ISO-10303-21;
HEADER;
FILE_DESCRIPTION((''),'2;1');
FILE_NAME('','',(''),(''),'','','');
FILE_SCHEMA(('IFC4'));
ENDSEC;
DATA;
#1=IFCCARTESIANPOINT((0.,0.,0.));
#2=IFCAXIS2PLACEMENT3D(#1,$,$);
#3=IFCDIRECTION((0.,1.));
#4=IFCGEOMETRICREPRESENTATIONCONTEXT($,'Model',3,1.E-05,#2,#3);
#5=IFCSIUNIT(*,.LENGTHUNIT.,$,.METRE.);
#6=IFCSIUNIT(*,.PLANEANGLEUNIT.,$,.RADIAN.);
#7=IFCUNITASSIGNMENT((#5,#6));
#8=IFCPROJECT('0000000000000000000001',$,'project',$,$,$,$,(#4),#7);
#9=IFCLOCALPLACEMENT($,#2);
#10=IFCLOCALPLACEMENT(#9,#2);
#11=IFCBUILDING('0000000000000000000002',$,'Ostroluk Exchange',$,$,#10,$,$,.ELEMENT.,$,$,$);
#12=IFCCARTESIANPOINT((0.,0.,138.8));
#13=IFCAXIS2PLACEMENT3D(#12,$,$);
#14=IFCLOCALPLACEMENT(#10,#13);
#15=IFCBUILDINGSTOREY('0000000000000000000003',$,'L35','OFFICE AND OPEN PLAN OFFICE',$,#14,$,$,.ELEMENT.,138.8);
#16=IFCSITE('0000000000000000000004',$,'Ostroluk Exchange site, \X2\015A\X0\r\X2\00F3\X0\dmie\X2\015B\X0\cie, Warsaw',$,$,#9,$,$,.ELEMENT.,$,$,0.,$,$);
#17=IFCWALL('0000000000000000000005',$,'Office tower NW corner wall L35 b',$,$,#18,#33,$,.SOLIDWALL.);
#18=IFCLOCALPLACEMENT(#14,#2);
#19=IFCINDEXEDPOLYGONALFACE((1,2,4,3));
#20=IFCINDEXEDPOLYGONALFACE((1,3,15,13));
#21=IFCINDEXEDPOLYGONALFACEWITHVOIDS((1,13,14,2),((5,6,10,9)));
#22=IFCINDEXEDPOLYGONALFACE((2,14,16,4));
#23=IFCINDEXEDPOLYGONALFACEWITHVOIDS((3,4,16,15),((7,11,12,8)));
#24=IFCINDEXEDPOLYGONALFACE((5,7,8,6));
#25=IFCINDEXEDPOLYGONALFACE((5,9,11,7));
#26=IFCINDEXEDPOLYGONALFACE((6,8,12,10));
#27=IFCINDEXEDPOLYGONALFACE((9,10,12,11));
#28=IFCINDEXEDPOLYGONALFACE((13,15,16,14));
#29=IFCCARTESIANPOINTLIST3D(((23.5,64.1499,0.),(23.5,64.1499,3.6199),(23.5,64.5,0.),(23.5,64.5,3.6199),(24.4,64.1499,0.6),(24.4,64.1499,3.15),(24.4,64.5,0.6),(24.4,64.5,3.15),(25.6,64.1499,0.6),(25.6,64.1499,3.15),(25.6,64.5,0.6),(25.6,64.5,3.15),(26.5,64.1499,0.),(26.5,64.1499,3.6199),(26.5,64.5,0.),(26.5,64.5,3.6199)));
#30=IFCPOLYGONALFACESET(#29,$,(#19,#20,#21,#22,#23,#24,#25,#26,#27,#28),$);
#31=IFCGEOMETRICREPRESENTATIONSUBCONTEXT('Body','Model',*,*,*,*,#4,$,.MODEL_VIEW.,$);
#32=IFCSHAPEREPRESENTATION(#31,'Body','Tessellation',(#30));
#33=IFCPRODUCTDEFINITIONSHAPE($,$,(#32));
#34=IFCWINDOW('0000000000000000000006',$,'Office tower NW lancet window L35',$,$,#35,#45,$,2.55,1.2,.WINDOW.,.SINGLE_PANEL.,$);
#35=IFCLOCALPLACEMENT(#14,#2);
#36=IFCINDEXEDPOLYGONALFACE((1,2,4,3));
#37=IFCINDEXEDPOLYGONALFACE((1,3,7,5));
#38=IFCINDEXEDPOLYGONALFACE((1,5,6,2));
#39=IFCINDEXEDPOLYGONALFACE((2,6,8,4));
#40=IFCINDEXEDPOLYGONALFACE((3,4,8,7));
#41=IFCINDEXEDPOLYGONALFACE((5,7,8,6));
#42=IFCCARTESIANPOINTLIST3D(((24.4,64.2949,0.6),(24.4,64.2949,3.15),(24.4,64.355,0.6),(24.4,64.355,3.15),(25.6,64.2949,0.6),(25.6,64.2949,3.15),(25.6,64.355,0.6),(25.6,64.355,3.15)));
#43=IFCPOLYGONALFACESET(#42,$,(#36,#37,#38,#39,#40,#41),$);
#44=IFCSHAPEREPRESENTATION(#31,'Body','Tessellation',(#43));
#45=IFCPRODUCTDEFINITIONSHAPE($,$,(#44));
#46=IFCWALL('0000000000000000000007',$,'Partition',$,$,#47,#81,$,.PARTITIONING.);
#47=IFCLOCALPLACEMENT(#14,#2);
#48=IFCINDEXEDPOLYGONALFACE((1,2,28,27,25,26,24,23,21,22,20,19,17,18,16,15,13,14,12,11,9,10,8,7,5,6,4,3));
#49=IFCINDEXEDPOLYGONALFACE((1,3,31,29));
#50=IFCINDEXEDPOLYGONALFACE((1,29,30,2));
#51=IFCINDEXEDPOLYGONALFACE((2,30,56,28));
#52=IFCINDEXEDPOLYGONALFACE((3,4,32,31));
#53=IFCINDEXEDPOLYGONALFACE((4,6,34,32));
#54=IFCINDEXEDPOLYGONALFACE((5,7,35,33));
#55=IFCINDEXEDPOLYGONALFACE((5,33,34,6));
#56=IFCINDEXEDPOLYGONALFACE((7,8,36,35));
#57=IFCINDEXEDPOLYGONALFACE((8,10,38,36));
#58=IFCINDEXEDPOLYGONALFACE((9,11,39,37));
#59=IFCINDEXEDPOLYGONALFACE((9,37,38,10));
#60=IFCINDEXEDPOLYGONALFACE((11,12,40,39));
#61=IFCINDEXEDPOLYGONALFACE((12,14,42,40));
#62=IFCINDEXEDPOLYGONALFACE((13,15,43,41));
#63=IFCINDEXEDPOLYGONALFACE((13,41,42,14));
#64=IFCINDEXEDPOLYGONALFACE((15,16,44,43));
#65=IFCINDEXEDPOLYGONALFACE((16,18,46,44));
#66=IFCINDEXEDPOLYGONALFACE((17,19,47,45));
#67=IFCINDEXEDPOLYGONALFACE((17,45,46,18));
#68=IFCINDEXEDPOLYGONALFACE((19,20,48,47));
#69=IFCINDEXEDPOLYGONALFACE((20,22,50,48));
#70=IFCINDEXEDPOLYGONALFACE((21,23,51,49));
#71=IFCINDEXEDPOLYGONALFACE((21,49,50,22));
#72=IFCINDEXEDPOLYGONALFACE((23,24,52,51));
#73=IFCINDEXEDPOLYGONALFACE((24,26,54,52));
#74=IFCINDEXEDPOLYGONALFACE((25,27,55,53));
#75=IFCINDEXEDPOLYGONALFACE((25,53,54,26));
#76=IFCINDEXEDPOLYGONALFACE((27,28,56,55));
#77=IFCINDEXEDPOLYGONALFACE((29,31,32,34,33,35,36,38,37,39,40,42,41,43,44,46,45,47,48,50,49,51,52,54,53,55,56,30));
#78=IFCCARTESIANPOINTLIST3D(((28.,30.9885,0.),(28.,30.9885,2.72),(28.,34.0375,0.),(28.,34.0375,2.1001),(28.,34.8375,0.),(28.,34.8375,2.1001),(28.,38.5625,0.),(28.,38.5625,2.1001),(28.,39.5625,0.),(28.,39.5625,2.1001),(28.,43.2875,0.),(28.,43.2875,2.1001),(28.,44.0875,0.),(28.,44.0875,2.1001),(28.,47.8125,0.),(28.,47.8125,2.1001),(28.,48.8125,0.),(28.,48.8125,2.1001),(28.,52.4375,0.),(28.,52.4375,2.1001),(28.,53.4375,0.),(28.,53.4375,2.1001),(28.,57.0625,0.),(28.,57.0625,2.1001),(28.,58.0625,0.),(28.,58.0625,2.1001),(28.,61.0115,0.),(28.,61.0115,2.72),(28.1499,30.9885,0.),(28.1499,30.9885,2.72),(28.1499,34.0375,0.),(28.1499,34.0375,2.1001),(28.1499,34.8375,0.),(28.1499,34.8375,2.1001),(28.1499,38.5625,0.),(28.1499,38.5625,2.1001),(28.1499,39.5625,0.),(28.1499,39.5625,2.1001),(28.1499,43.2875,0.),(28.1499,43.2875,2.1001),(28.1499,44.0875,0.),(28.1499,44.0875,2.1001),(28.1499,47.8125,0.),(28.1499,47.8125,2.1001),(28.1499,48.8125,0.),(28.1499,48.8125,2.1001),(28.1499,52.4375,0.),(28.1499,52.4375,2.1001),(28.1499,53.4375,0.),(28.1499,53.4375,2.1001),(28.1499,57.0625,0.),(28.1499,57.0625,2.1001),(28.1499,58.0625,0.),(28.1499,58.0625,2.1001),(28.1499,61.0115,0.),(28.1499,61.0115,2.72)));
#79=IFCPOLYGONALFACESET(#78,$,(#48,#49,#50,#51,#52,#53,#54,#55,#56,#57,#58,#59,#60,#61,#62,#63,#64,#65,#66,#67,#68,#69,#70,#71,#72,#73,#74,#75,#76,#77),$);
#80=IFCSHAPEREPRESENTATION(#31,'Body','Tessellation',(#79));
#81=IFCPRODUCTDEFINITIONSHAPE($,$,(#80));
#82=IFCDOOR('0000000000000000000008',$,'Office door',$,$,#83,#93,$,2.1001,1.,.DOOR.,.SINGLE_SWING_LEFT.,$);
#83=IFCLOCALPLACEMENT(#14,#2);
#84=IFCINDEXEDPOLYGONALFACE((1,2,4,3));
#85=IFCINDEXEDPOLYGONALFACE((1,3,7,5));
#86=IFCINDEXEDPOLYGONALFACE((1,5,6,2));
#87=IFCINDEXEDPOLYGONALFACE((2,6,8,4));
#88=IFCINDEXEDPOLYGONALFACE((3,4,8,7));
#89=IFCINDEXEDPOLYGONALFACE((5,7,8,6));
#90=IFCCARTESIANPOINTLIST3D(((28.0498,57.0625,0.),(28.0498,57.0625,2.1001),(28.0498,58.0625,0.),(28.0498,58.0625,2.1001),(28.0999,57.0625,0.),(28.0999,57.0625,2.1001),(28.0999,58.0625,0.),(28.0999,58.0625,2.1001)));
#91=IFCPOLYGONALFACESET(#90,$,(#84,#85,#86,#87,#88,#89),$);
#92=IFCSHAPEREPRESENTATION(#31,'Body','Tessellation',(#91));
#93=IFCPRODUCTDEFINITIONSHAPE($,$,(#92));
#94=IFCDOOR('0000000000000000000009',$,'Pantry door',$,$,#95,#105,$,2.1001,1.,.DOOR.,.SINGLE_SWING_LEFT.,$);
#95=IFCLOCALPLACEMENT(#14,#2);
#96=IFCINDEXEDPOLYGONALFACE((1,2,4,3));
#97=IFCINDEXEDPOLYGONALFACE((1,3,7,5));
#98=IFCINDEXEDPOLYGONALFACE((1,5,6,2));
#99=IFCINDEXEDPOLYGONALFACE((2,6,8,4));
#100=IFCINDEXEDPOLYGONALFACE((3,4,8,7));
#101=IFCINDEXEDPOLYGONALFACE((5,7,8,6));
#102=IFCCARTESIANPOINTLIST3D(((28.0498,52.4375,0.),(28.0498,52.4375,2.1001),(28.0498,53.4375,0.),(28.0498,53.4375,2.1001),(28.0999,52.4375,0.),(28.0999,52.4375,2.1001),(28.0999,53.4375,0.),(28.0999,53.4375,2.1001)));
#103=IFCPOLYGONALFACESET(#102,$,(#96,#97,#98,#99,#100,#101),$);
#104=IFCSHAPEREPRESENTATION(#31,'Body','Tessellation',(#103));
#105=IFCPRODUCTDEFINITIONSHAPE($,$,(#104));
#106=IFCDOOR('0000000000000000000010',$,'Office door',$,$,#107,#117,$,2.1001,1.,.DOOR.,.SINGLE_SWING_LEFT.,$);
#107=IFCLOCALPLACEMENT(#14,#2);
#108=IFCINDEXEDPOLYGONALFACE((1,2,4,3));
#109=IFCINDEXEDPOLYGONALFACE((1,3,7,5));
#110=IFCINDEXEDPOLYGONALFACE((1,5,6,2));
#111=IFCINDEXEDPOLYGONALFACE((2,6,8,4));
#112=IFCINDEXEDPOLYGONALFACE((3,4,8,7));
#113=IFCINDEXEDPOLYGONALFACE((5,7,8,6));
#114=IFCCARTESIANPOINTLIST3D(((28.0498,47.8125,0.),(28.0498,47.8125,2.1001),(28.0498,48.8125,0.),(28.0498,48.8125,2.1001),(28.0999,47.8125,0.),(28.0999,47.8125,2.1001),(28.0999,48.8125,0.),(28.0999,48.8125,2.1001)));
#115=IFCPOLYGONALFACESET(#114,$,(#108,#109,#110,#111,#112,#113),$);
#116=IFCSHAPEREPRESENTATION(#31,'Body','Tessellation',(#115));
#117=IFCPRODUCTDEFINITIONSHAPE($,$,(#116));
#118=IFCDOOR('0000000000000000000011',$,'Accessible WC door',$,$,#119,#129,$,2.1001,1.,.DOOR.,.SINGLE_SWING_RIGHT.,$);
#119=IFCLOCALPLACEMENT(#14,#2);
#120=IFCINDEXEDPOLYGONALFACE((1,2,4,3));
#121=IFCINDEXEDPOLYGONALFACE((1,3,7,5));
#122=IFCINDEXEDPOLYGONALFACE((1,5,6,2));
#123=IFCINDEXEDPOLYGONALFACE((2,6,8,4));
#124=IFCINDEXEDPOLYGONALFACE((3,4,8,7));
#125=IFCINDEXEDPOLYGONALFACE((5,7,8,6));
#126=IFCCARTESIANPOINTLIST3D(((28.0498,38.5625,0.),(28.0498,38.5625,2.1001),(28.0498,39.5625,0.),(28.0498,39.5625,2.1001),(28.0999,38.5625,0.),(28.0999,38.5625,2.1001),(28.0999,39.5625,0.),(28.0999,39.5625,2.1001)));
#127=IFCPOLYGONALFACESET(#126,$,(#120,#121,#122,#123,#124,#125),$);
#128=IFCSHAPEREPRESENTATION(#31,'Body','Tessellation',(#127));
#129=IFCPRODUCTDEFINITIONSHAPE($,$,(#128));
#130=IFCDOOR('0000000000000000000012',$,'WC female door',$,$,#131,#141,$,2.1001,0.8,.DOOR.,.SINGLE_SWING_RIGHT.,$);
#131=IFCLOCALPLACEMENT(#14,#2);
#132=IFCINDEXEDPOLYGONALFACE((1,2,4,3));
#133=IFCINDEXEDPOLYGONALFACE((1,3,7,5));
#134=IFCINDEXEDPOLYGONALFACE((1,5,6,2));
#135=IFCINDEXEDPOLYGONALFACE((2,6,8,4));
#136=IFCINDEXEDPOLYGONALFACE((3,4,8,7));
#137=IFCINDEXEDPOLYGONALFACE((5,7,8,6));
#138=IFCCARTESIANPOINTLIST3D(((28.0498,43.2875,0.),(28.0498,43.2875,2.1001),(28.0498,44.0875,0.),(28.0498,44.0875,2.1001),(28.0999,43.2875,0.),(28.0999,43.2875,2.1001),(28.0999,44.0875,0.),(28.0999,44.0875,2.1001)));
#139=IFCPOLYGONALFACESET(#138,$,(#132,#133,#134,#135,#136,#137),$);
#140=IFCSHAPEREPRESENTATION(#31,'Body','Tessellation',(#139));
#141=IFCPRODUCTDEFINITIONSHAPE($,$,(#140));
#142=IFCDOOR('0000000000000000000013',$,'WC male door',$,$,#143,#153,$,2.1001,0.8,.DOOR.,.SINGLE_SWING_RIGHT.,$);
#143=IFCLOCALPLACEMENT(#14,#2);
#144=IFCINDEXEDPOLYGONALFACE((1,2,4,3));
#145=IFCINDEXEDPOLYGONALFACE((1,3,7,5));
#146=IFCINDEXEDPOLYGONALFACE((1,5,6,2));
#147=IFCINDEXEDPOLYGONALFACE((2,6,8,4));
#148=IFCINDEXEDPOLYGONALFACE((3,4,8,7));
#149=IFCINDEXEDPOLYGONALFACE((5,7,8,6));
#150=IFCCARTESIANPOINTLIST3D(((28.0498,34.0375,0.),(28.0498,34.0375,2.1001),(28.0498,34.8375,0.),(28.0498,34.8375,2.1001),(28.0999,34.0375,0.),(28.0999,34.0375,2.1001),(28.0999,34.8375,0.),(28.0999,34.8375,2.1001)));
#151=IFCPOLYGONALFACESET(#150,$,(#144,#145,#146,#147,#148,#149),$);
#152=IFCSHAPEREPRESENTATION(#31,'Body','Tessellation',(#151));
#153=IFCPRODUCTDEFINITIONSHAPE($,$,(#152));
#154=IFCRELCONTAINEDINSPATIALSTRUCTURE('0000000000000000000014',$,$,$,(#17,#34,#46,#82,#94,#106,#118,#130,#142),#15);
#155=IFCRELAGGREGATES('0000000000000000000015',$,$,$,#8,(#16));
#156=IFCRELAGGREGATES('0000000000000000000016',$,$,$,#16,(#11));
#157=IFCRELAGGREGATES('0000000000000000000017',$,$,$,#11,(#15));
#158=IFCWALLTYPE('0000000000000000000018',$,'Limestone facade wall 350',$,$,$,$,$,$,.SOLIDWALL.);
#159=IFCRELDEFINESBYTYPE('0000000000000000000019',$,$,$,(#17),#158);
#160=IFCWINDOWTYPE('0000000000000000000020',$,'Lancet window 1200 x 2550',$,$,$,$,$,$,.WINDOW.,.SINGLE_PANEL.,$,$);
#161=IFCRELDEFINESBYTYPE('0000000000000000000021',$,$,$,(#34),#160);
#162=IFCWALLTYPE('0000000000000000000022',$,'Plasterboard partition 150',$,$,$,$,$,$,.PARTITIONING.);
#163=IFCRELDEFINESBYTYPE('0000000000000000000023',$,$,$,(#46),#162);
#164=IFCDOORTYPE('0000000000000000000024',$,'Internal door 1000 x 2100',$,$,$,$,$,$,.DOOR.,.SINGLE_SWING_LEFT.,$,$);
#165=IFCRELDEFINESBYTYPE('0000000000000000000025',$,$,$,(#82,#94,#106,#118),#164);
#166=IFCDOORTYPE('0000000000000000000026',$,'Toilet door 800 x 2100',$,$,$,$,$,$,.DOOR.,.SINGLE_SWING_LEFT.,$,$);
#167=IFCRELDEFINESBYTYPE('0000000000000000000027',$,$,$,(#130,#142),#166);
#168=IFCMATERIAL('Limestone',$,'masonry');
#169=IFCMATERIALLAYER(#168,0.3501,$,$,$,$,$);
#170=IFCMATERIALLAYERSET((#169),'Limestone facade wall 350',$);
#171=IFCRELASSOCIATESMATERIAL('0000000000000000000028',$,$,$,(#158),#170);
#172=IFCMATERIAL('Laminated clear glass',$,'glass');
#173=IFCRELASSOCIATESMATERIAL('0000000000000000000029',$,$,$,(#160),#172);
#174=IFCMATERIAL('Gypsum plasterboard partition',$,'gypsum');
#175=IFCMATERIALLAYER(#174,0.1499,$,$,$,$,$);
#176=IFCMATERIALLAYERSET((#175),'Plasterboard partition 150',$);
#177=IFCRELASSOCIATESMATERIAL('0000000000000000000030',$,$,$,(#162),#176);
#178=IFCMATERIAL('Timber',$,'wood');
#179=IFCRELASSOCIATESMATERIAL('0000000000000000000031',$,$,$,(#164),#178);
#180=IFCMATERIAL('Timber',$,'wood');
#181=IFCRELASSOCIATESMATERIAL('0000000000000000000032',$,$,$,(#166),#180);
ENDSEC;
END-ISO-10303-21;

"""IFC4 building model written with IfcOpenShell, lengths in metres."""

from ifc_helpers import new_model, si_unit, direction, frame, frame_2d, origin, place, context, subcontext, project, spatial, rectangle, extrude, material, layer, layer_set, type_object, element, fill, save


model = new_model("IFC4")

# Units and contexts
model_context = context("Model", 3, precision=1e-05, world=origin(), true_north=direction((0.0, 1.0)))
body_context = subcontext(model_context, "Body", "Model", "MODEL_VIEW")
ifc_project = project(units=[si_unit("LENGTHUNIT", "METRE"), si_unit("PLANEANGLEUNIT", "RADIAN")], contexts=[model_context])

# Site, building, storey
site_placement = place(None, origin())
site = spatial("IfcSite", under=ifc_project, at=site_placement, Name="Ostroluk Exchange site, Śródmieście, Warsaw", CompositionType="ELEMENT", RefElevation=0.0)
building_placement = place(site_placement, origin())
building = spatial("IfcBuilding", under=site, at=building_placement, Name="Ostroluk Exchange", CompositionType="ELEMENT")
storey_placement = place(building_placement, frame((0.0, 0.0, 138.8)))
storey = spatial("IfcBuildingStorey", under=building, at=storey_placement, Name="L35", Description="OFFICE AND OPEN PLAN OFFICE", CompositionType="ELEMENT", Elevation=138.8)

# Shared definitions
ifc_material_1 = material(Name="Limestone", Category="masonry")
ifc_layer_1 = layer(ifc_material_1, 0.3501)
ifc_layer_set_1 = layer_set([ifc_layer_1], Name="Limestone facade wall 350")
wall_type_1 = type_object("IfcWallType", Name="Limestone facade wall 350", PredefinedType="SOLIDWALL", material=ifc_layer_set_1)

# Wall, opening, window
wall_1_placement = place(storey_placement, frame((26.5, 64.325, 0.0), z_axis=(0.0, 0.0, 1.0), x_axis=(-1.0, 0.0, 0.0)))
wall_1 = element("IfcWall", 1, at=wall_1_placement, inside=storey, type_object=wall_type_1, Name="Office tower NW corner wall L35 b", PredefinedType="SOLIDWALL", context=body_context, shape_type="SweptSolid", body=[
    extrude(rectangle(XDim=3.0, YDim=0.3501, at=frame_2d((1.5, 0.0))), origin(), (0.0, 0.0, 1.0), 3.6199),
])
opening_1_placement = place(wall_1_placement, frame((0.8999, 0.0, 0.6001)))
opening_1 = element("IfcOpeningElement", 2, at=opening_1_placement, cuts=wall_1, PredefinedType="OPENING", context=body_context, shape_type="SweptSolid", body=[
    extrude(rectangle(XDim=1.2, YDim=2.55, at=frame_2d((0.6001, 1.2749))), frame((0.0, 0.1851, 0.0), z_axis=(0.0, -1.0, 0.0), x_axis=(1.0, 0.0, 0.0)), (0.0, 0.0, 1.0), 0.3701),
])
ifc_material_2 = material(Name="Laminated clear glass", Category="glass")
window_type = type_object("IfcWindowType", Name="Lancet window 1200 x 2550", PartitioningType="SINGLE_PANEL", PredefinedType="WINDOW", material=ifc_material_2)
window_placement = place(opening_1_placement, origin())
window = element("IfcWindow", 3, at=window_placement, inside=storey, type_object=window_type, Name="Office tower NW lancet window L35", OverallHeight=2.55, OverallWidth=1.2, PartitioningType="SINGLE_PANEL", PredefinedType="WINDOW", context=body_context, shape_type="SweptSolid", body=[
    extrude(rectangle(XDim=1.2, YDim=2.55, at=frame_2d((0.6001, 1.2749))), frame((0.0, 0.03, 0.0), z_axis=(0.0, -1.0, 0.0), x_axis=(1.0, 0.0, 0.0)), (0.0, 0.0, 1.0), 0.0601),
])
fill(opening_1, window)

# Wall, openings, doors
ifc_material_3 = material(Name="Gypsum plasterboard partition", Category="gypsum")
ifc_layer_2 = layer(ifc_material_3, 0.1499)
ifc_layer_set_2 = layer_set([ifc_layer_2], Name="Plasterboard partition 150")
wall_type_2 = type_object("IfcWallType", Name="Plasterboard partition 150", PredefinedType="PARTITIONING", material=ifc_layer_set_2)
wall_2_placement = place(storey_placement, frame((28.075, 61.0115, 0.0), z_axis=(0.0, 0.0, 1.0), x_axis=(0.0, -1.0, 0.0)))
wall_2 = element("IfcWall", 4, at=wall_2_placement, inside=storey, type_object=wall_type_2, Name="Partition", PredefinedType="PARTITIONING", context=body_context, shape_type="SweptSolid", body=[
    extrude(rectangle(XDim=30.0229, YDim=0.1499, at=frame_2d((15.0115, 0.0))), origin(), (0.0, 0.0, 1.0), 2.72),
])
opening_2_placement = place(wall_2_placement, frame((2.949, 0.0, 0.0)))
opening_2 = element("IfcOpeningElement", 5, at=opening_2_placement, cuts=wall_2, PredefinedType="OPENING", context=body_context, shape_type="SweptSolid", body=[
    extrude(rectangle(XDim=1.0, YDim=2.1001, at=frame_2d((0.5, 1.05))), frame((0.0, 0.085, 0.0), z_axis=(0.0, -1.0, 0.0), x_axis=(1.0, 0.0, 0.0)), (0.0, 0.0, 1.0), 0.1699),
])
opening_3_placement = place(wall_2_placement, frame((7.574, 0.0, 0.0)))
opening_3 = element("IfcOpeningElement", 6, at=opening_3_placement, cuts=wall_2, PredefinedType="OPENING", context=body_context, shape_type="SweptSolid", body=[
    extrude(rectangle(XDim=1.0, YDim=2.1001, at=frame_2d((0.5, 1.05))), frame((0.0, 0.085, 0.0), z_axis=(0.0, -1.0, 0.0), x_axis=(1.0, 0.0, 0.0)), (0.0, 0.0, 1.0), 0.1699),
])
opening_4_placement = place(wall_2_placement, frame((12.199, 0.0, 0.0)))
opening_4 = element("IfcOpeningElement", 7, at=opening_4_placement, cuts=wall_2, PredefinedType="OPENING", context=body_context, shape_type="SweptSolid", body=[
    extrude(rectangle(XDim=1.0, YDim=2.1001, at=frame_2d((0.5, 1.05))), frame((0.0, 0.085, 0.0), z_axis=(0.0, -1.0, 0.0), x_axis=(1.0, 0.0, 0.0)), (0.0, 0.0, 1.0), 0.1699),
])
opening_5_placement = place(wall_2_placement, frame((16.9241, 0.0, 0.0)))
opening_5 = element("IfcOpeningElement", 8, at=opening_5_placement, cuts=wall_2, PredefinedType="OPENING", context=body_context, shape_type="SweptSolid", body=[
    extrude(rectangle(XDim=0.8, YDim=2.1001, at=frame_2d((0.3999, 1.05))), frame((0.0, 0.085, 0.0), z_axis=(0.0, -1.0, 0.0), x_axis=(1.0, 0.0, 0.0)), (0.0, 0.0, 1.0), 0.1699),
])
opening_6_placement = place(wall_2_placement, frame((21.449, 0.0, 0.0)))
opening_6 = element("IfcOpeningElement", 9, at=opening_6_placement, cuts=wall_2, PredefinedType="OPENING", context=body_context, shape_type="SweptSolid", body=[
    extrude(rectangle(XDim=1.0, YDim=2.1001, at=frame_2d((0.5, 1.05))), frame((0.0, 0.085, 0.0), z_axis=(0.0, -1.0, 0.0), x_axis=(1.0, 0.0, 0.0)), (0.0, 0.0, 1.0), 0.1699),
])
opening_7_placement = place(wall_2_placement, frame((26.1741, 0.0, 0.0)))
opening_7 = element("IfcOpeningElement", 10, at=opening_7_placement, cuts=wall_2, PredefinedType="OPENING", context=body_context, shape_type="SweptSolid", body=[
    extrude(rectangle(XDim=0.8, YDim=2.1001, at=frame_2d((0.3999, 1.05))), frame((0.0, 0.085, 0.0), z_axis=(0.0, -1.0, 0.0), x_axis=(1.0, 0.0, 0.0)), (0.0, 0.0, 1.0), 0.1699),
])
ifc_material_4 = material(Name="Timber", Category="wood")
door_type_1 = type_object("IfcDoorType", Name="Internal door 1000 x 2100", OperationType="SINGLE_SWING_LEFT", PredefinedType="DOOR", material=ifc_material_4)
door_1_placement = place(opening_2_placement, origin())
door_1 = element("IfcDoor", 11, at=door_1_placement, inside=storey, type_object=door_type_1, Name="Office door", OperationType="SINGLE_SWING_LEFT", OverallHeight=2.1001, OverallWidth=1.0, PredefinedType="DOOR", context=body_context, shape_type="SweptSolid", body=[
    extrude(rectangle(XDim=1.0, YDim=2.1001, at=frame_2d((0.5, 1.05))), frame((0.0, 0.0249, 0.0), z_axis=(0.0, -1.0, 0.0), x_axis=(1.0, 0.0, 0.0)), (0.0, 0.0, 1.0), 0.05),
])
fill(opening_2, door_1)
door_2_placement = place(opening_3_placement, origin())
door_2 = element("IfcDoor", 12, at=door_2_placement, inside=storey, type_object=door_type_1, Name="Pantry door", OperationType="SINGLE_SWING_LEFT", OverallHeight=2.1001, OverallWidth=1.0, PredefinedType="DOOR", context=body_context, shape_type="SweptSolid", body=[
    extrude(rectangle(XDim=1.0, YDim=2.1001, at=frame_2d((0.5, 1.05))), frame((0.0, 0.0249, 0.0), z_axis=(0.0, -1.0, 0.0), x_axis=(1.0, 0.0, 0.0)), (0.0, 0.0, 1.0), 0.05),
])
fill(opening_3, door_2)
door_3_placement = place(opening_4_placement, origin())
door_3 = element("IfcDoor", 13, at=door_3_placement, inside=storey, type_object=door_type_1, Name="Office door", OperationType="SINGLE_SWING_LEFT", OverallHeight=2.1001, OverallWidth=1.0, PredefinedType="DOOR", context=body_context, shape_type="SweptSolid", body=[
    extrude(rectangle(XDim=1.0, YDim=2.1001, at=frame_2d((0.5, 1.05))), frame((0.0, 0.0249, 0.0), z_axis=(0.0, -1.0, 0.0), x_axis=(1.0, 0.0, 0.0)), (0.0, 0.0, 1.0), 0.05),
])
fill(opening_4, door_3)
door_4_placement = place(opening_6_placement, origin())
door_4 = element("IfcDoor", 14, at=door_4_placement, inside=storey, type_object=door_type_1, Name="Accessible WC door", OperationType="SINGLE_SWING_RIGHT", OverallHeight=2.1001, OverallWidth=1.0, PredefinedType="DOOR", context=body_context, shape_type="SweptSolid", body=[
    extrude(rectangle(XDim=1.0, YDim=2.1001, at=frame_2d((0.5, 1.05))), frame((0.0, 0.0249, 0.0), z_axis=(0.0, -1.0, 0.0), x_axis=(1.0, 0.0, 0.0)), (0.0, 0.0, 1.0), 0.05),
])
fill(opening_6, door_4)
ifc_material_5 = material(Name="Timber", Category="wood")
door_type_2 = type_object("IfcDoorType", Name="Toilet door 800 x 2100", OperationType="SINGLE_SWING_LEFT", PredefinedType="DOOR", material=ifc_material_5)
door_5_placement = place(opening_5_placement, origin())
door_5 = element("IfcDoor", 15, at=door_5_placement, inside=storey, type_object=door_type_2, Name="WC female door", OperationType="SINGLE_SWING_RIGHT", OverallHeight=2.1001, OverallWidth=0.8, PredefinedType="DOOR", context=body_context, shape_type="SweptSolid", body=[
    extrude(rectangle(XDim=0.8, YDim=2.1001, at=frame_2d((0.3999, 1.05))), frame((0.0, 0.0249, 0.0), z_axis=(0.0, -1.0, 0.0), x_axis=(1.0, 0.0, 0.0)), (0.0, 0.0, 1.0), 0.05),
])
fill(opening_5, door_5)
door_6_placement = place(opening_7_placement, origin())
door_6 = element("IfcDoor", 16, at=door_6_placement, inside=storey, type_object=door_type_2, Name="WC male door", OperationType="SINGLE_SWING_RIGHT", OverallHeight=2.1001, OverallWidth=0.8, PredefinedType="DOOR", context=body_context, shape_type="SweptSolid", body=[
    extrude(rectangle(XDim=0.8, YDim=2.1001, at=frame_2d((0.3999, 1.05))), frame((0.0, 0.0249, 0.0), z_axis=(0.0, -1.0, 0.0), x_axis=(1.0, 0.0, 0.0)), (0.0, 0.0, 1.0), 0.05),
])
fill(opening_7, door_6)

save(model, "model.ifc")
